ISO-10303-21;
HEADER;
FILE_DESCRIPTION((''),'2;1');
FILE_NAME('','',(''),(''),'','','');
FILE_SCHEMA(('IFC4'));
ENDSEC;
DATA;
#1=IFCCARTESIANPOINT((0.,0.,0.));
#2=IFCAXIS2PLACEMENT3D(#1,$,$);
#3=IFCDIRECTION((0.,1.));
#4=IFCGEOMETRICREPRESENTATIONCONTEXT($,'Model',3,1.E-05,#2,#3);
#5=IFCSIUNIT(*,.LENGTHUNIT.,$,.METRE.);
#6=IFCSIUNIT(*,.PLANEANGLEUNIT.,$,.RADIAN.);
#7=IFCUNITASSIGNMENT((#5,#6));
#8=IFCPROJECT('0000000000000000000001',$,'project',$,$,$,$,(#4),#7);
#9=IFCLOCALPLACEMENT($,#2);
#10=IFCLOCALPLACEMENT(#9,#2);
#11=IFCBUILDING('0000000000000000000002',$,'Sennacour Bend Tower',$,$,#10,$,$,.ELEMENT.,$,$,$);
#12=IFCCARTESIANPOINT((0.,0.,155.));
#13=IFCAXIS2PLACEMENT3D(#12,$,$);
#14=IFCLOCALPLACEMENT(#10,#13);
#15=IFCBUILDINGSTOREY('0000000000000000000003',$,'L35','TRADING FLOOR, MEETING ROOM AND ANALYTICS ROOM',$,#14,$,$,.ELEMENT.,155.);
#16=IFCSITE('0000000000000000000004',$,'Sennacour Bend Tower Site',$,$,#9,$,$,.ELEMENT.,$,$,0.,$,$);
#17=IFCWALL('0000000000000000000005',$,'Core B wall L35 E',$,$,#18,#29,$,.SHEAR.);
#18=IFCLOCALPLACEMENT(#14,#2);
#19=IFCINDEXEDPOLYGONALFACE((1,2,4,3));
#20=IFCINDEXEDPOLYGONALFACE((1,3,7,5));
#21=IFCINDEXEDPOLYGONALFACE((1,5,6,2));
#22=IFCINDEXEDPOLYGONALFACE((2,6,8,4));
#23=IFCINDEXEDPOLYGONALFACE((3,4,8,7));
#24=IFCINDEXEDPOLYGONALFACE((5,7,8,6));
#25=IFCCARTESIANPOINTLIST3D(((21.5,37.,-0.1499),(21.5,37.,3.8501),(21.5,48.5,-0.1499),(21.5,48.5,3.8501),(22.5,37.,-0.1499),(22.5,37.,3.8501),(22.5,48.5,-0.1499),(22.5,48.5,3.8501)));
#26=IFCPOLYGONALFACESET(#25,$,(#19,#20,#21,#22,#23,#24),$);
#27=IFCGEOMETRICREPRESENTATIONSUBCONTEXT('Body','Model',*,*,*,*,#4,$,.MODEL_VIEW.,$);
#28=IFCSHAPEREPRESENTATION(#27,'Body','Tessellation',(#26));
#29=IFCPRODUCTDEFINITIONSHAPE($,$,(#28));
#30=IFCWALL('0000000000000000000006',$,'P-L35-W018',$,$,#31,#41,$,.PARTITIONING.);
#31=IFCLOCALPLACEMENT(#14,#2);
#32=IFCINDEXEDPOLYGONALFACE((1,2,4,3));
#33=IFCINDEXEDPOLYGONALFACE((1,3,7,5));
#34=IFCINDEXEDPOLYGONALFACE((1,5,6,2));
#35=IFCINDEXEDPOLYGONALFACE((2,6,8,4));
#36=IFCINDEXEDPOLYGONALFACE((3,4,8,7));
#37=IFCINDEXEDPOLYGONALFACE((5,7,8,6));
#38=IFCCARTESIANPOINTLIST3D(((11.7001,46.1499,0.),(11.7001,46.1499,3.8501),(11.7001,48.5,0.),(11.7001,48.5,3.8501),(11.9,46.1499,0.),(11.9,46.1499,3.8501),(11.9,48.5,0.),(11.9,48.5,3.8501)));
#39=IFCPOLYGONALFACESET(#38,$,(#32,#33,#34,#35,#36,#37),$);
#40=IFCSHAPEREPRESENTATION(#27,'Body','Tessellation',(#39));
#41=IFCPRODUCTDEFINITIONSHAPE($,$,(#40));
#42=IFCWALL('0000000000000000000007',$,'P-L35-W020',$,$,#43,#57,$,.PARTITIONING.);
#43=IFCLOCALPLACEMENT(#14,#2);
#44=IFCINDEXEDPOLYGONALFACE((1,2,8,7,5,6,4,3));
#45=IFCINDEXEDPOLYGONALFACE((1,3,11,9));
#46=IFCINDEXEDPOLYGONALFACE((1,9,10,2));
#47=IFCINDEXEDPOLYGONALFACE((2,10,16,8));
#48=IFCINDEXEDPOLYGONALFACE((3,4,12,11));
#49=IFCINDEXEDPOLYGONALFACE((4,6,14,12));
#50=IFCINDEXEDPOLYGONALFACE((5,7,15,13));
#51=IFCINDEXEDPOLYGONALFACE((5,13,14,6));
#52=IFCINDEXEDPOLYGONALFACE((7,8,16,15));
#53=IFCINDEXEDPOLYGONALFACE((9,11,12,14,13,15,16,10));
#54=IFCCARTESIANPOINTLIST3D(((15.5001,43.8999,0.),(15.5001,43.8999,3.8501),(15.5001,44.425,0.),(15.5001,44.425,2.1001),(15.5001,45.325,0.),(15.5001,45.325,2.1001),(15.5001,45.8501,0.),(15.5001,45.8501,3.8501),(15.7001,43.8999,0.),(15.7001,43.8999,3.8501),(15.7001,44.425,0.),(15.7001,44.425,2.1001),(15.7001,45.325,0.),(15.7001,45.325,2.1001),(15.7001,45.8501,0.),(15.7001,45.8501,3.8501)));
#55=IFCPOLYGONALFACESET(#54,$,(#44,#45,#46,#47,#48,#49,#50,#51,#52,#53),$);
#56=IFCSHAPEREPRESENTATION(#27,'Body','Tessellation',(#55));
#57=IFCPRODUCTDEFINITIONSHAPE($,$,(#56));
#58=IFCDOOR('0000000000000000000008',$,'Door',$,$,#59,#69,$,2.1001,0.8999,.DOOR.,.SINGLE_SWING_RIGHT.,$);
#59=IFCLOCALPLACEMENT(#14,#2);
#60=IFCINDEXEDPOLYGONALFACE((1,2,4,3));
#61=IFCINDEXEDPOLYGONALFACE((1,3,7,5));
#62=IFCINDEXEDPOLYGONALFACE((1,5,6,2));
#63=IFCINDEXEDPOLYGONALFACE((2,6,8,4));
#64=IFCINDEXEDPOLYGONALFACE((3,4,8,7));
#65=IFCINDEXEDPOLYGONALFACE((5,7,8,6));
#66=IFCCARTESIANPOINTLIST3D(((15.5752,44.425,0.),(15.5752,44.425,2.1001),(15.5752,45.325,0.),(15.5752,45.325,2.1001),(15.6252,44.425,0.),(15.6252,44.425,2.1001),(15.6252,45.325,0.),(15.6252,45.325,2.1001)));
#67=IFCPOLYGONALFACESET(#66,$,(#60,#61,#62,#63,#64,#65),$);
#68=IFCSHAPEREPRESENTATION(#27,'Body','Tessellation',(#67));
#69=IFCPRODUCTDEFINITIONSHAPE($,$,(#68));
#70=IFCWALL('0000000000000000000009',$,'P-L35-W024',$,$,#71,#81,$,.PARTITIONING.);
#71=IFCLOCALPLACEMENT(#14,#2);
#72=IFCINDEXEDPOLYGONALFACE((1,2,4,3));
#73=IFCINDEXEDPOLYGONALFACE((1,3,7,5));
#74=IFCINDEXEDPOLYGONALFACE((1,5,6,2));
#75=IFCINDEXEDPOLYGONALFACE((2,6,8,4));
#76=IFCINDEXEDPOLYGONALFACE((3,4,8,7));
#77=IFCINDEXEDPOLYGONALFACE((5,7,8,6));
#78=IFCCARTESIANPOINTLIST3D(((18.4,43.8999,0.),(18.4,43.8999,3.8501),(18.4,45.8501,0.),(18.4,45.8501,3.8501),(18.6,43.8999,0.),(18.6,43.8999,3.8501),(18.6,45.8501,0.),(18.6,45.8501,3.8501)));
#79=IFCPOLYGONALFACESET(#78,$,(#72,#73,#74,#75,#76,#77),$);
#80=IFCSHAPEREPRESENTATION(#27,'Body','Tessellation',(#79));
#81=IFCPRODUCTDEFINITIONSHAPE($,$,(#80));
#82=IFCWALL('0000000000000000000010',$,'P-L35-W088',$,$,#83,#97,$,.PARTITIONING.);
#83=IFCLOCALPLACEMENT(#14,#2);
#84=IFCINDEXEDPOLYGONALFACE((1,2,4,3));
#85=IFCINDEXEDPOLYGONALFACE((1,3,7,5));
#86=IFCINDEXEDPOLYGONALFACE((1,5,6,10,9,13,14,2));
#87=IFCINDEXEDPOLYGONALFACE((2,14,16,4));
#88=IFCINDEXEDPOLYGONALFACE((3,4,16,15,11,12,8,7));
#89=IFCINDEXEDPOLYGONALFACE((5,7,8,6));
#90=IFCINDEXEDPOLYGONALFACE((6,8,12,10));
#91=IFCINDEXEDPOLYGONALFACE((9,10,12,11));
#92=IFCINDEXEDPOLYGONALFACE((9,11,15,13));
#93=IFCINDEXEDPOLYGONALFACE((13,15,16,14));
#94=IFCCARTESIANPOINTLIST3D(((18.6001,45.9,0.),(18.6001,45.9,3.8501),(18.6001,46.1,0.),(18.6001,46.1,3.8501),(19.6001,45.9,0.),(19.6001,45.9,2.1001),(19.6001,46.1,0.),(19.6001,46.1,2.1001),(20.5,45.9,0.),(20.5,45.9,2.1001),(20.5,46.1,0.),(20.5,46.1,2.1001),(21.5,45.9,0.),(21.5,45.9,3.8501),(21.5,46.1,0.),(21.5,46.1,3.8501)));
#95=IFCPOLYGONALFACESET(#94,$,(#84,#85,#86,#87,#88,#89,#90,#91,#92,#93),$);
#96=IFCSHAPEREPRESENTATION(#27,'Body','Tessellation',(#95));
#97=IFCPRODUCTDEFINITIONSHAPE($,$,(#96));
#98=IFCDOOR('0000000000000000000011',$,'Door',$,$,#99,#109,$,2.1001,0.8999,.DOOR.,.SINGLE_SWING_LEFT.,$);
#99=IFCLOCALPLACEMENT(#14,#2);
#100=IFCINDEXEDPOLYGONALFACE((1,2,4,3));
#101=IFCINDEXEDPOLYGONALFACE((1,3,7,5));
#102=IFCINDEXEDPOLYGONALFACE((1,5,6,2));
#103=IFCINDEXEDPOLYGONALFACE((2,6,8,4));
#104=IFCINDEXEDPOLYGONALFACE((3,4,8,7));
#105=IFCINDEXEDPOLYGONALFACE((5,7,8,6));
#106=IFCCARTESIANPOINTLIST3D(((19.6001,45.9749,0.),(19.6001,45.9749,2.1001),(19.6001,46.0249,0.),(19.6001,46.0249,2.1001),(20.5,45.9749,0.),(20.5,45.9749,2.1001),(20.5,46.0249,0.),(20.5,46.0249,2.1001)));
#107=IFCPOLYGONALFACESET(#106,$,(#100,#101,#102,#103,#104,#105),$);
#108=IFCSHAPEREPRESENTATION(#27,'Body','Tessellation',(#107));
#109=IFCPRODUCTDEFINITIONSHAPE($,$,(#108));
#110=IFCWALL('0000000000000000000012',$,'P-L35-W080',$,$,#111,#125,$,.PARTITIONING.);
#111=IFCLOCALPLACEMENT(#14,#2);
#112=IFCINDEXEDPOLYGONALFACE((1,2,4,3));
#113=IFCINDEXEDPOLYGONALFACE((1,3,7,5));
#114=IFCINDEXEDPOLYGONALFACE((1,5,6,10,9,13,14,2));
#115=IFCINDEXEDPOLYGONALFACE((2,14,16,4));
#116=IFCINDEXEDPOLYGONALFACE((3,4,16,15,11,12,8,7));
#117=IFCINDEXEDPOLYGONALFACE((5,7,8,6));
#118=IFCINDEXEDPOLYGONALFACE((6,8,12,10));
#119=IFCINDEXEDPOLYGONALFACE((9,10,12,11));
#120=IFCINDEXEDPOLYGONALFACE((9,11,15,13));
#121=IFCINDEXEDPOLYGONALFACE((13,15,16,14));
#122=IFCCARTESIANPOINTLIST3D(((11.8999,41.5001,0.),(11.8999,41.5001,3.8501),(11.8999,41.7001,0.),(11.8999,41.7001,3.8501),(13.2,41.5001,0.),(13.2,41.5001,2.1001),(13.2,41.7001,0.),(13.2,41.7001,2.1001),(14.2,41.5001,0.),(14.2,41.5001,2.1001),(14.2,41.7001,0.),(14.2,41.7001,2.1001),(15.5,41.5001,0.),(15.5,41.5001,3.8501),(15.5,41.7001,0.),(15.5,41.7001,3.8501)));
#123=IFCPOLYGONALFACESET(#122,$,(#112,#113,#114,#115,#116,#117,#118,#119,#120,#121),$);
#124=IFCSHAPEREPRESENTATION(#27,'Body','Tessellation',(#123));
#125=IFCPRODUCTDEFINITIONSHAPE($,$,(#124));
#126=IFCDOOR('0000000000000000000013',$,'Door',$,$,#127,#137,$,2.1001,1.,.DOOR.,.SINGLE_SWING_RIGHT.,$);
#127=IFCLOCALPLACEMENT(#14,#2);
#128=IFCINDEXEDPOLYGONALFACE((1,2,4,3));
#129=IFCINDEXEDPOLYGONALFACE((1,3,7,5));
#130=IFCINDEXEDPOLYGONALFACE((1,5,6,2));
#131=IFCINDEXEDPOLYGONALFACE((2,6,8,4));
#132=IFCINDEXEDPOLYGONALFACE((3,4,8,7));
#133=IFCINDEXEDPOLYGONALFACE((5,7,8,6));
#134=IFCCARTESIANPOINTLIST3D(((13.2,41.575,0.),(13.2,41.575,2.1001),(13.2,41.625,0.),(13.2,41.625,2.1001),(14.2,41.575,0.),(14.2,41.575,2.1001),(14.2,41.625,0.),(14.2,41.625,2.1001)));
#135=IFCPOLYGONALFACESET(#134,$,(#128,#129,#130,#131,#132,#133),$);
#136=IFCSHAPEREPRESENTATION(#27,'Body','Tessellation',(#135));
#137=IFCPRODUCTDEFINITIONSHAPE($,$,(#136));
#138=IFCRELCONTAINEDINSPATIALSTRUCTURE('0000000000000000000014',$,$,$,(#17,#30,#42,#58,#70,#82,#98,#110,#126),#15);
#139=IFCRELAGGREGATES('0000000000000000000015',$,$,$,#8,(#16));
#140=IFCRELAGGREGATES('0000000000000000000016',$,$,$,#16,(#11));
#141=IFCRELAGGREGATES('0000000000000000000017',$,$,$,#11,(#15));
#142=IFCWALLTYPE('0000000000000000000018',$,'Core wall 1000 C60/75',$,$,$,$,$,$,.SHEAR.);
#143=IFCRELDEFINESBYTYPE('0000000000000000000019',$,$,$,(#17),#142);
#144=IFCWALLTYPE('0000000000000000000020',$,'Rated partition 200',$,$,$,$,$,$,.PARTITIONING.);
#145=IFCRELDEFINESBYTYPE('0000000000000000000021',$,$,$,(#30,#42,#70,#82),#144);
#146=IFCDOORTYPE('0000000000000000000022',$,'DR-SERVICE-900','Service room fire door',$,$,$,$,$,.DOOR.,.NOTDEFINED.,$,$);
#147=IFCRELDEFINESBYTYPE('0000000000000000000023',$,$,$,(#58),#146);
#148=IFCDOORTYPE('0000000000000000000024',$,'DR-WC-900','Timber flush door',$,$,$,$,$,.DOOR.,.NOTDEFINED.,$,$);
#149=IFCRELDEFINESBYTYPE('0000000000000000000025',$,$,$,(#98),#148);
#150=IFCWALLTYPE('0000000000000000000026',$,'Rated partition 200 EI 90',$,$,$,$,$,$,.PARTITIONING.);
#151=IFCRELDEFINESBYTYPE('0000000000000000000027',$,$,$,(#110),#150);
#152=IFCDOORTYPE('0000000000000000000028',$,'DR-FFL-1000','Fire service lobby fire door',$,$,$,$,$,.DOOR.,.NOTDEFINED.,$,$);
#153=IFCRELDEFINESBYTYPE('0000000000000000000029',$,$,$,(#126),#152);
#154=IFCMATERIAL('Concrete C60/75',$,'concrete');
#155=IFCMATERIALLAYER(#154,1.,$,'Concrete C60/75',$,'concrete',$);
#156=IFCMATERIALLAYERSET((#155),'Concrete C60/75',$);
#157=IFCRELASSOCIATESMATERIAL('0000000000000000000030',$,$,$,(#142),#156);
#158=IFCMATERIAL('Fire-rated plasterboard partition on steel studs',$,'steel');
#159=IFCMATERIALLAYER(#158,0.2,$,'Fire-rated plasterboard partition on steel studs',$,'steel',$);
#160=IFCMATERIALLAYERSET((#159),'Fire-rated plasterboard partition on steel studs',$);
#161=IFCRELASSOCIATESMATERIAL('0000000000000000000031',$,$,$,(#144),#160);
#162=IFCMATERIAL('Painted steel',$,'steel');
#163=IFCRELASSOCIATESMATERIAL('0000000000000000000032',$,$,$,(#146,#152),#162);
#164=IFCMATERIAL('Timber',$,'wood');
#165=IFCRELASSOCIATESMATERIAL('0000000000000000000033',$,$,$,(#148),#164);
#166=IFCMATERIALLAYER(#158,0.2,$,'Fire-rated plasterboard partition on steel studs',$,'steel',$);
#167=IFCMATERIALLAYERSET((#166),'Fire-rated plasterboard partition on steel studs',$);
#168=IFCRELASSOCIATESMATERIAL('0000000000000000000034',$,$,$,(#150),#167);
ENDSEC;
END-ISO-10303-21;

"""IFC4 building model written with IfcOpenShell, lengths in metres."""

from ifc_helpers import new_model, si_unit, direction, frame, frame_2d, origin, place, context, subcontext, project, spatial, rectangle, extrude, material, layer, layer_set, type_object, element, fill, save


model = new_model("IFC4")

# Units and contexts
model_context = context("Model", 3, precision=1e-05, world=origin(), true_north=direction((0.0, 1.0)))
body_context = subcontext(model_context, "Body", "Model", "MODEL_VIEW")
ifc_project = project(units=[si_unit("LENGTHUNIT", "METRE"), si_unit("PLANEANGLEUNIT", "RADIAN")], contexts=[model_context])

# Site, building, storey
site_placement = place(None, origin())
site = spatial("IfcSite", under=ifc_project, at=site_placement, Name="Sennacour Bend Tower Site", CompositionType="ELEMENT", RefElevation=0.0)
building_placement = place(site_placement, origin())
building = spatial("IfcBuilding", under=site, at=building_placement, Name="Sennacour Bend Tower", CompositionType="ELEMENT")
storey_placement = place(building_placement, frame((0.0, 0.0, 155.0)))
storey = spatial("IfcBuildingStorey", under=building, at=storey_placement, Name="L35", Description="TRADING FLOOR, MEETING ROOM AND ANALYTICS ROOM", CompositionType="ELEMENT", Elevation=155.0)

# Walls
ifc_material_1 = material(Name="Concrete C60/75", Category="concrete")
ifc_layer_1 = layer(ifc_material_1, 1.0, Name="Concrete C60/75", Category="concrete")
ifc_layer_set_1 = layer_set([ifc_layer_1], Name="Concrete C60/75")
wall_type_1 = type_object("IfcWallType", Name="Core wall 1000 C60/75", PredefinedType="SHEAR", material=ifc_layer_set_1)
wall_1_placement = place(storey_placement, frame((22.0, 37.0, -0.1499), z_axis=(0.0, 0.0, 1.0), x_axis=(0.0, 1.0, 0.0)))
element("IfcWall", 1, at=wall_1_placement, inside=storey, type_object=wall_type_1, Name="Core B wall L35 E", PredefinedType="SHEAR", context=body_context, shape_type="SweptSolid", body=[
    extrude(rectangle(XDim=11.5, YDim=1.0, at=frame_2d((5.75, 0.0))), origin(), (0.0, 0.0, 1.0), 4.0),
])
ifc_material_2 = material(Name="Fire-rated plasterboard partition on steel studs", Category="steel")
ifc_layer_2 = layer(ifc_material_2, 0.2, Name="Fire-rated plasterboard partition on steel studs", Category="steel")
ifc_layer_set_2 = layer_set([ifc_layer_2], Name="Fire-rated plasterboard partition on steel studs")
wall_type_2 = type_object("IfcWallType", Name="Rated partition 200", PredefinedType="PARTITIONING", material=ifc_layer_set_2)
wall_2_placement = place(storey_placement, frame((11.8, 46.1499, 0.0), z_axis=(0.0, 0.0, 1.0), x_axis=(0.0, 1.0, 0.0)))
element("IfcWall", 2, at=wall_2_placement, inside=storey, type_object=wall_type_2, Name="P-L35-W018", PredefinedType="PARTITIONING", context=body_context, shape_type="SweptSolid", body=[
    extrude(rectangle(XDim=2.3501, YDim=0.2, at=frame_2d((1.175, 0.0))), origin(), (0.0, 0.0, 1.0), 3.8501),
])

# Wall, opening, door
wall_3_placement = place(storey_placement, frame((15.6001, 43.8999, 0.0), z_axis=(0.0, 0.0, 1.0), x_axis=(0.0, 1.0, 0.0)))
wall_3 = element("IfcWall", 3, at=wall_3_placement, inside=storey, type_object=wall_type_2, Name="P-L35-W020", PredefinedType="PARTITIONING", context=body_context, shape_type="SweptSolid", body=[
    extrude(rectangle(XDim=1.9502, YDim=0.2, at=frame_2d((0.9751, 0.0))), origin(), (0.0, 0.0, 1.0), 3.8501),
])
opening_1_placement = place(wall_3_placement, frame((0.5251, 0.0, 0.0)))
opening_1 = element("IfcOpeningElement", 4, at=opening_1_placement, cuts=wall_3, PredefinedType="OPENING", context=body_context, shape_type="SweptSolid", body=[
    extrude(rectangle(XDim=0.8999, YDim=2.1001, at=frame_2d((0.45, 1.05))), frame((0.0, 0.1099, 0.0), z_axis=(0.0, -1.0, 0.0), x_axis=(1.0, 0.0, 0.0)), (0.0, 0.0, 1.0), 0.22),
])
ifc_material_3 = material(Name="Painted steel", Category="steel")
door_type_1 = type_object("IfcDoorType", Name="DR-SERVICE-900", Description="Service room fire door", OperationType="NOTDEFINED", PredefinedType="DOOR", material=ifc_material_3)
door_1_placement = place(opening_1_placement, origin())
door_1 = element("IfcDoor", 5, at=door_1_placement, inside=storey, type_object=door_type_1, Name="Door", OperationType="SINGLE_SWING_RIGHT", OverallHeight=2.1001, OverallWidth=0.8999, PredefinedType="DOOR", context=body_context, shape_type="SweptSolid", body=[
    extrude(rectangle(XDim=0.8999, YDim=2.1001, at=frame_2d((0.45, 1.05))), frame((0.0, 0.0249, 0.0), z_axis=(0.0, -1.0, 0.0), x_axis=(1.0, 0.0, 0.0)), (0.0, 0.0, 1.0), 0.05),
])
fill(opening_1, door_1)

# Wall
wall_4_placement = place(storey_placement, frame((18.5, 43.8999, 0.0), z_axis=(0.0, 0.0, 1.0), x_axis=(0.0, 1.0, 0.0)))
element("IfcWall", 6, at=wall_4_placement, inside=storey, type_object=wall_type_2, Name="P-L35-W024", PredefinedType="PARTITIONING", context=body_context, shape_type="SweptSolid", body=[
    extrude(rectangle(XDim=1.9502, YDim=0.2, at=frame_2d((0.9751, 0.0))), origin(), (0.0, 0.0, 1.0), 3.8501),
])

# Walls, openings, doors
wall_5_placement = place(storey_placement, frame((18.6001, 46.0, 0.0), z_axis=(0.0, 0.0, 1.0), x_axis=(1.0, 0.0, 0.0)))
wall_5 = element("IfcWall", 7, at=wall_5_placement, inside=storey, type_object=wall_type_2, Name="P-L35-W088", PredefinedType="PARTITIONING", context=body_context, shape_type="SweptSolid", body=[
    extrude(rectangle(XDim=2.8999, YDim=0.2, at=frame_2d((1.45, 0.0))), origin(), (0.0, 0.0, 1.0), 3.8501),
])
opening_2_placement = place(wall_5_placement, frame((1.0, 0.0, 0.0)))
opening_2 = element("IfcOpeningElement", 8, at=opening_2_placement, cuts=wall_5, PredefinedType="OPENING", context=body_context, shape_type="SweptSolid", body=[
    extrude(rectangle(XDim=0.8999, YDim=2.1001, at=frame_2d((0.45, 1.05))), frame((0.0, 0.1099, 0.0), z_axis=(0.0, -1.0, 0.0), x_axis=(1.0, 0.0, 0.0)), (0.0, 0.0, 1.0), 0.22),
])
ifc_material_4 = material(Name="Timber", Category="wood")
door_type_2 = type_object("IfcDoorType", Name="DR-WC-900", Description="Timber flush door", OperationType="NOTDEFINED", PredefinedType="DOOR", material=ifc_material_4)
door_2_placement = place(opening_2_placement, origin())
door_2 = element("IfcDoor", 9, at=door_2_placement, inside=storey, type_object=door_type_2, Name="Door", OperationType="SINGLE_SWING_LEFT", OverallHeight=2.1001, OverallWidth=0.8999, PredefinedType="DOOR", context=body_context, shape_type="SweptSolid", body=[
    extrude(rectangle(XDim=0.8999, YDim=2.1001, at=frame_2d((0.45, 1.05))), frame((0.0, 0.0249, 0.0), z_axis=(0.0, -1.0, 0.0), x_axis=(1.0, 0.0, 0.0)), (0.0, 0.0, 1.0), 0.05),
])
fill(opening_2, door_2)
ifc_layer_3 = layer(ifc_material_2, 0.2, Name="Fire-rated plasterboard partition on steel studs", Category="steel")
ifc_layer_set_3 = layer_set([ifc_layer_3], Name="Fire-rated plasterboard partition on steel studs")
wall_type_3 = type_object("IfcWallType", Name="Rated partition 200 EI 90", PredefinedType="PARTITIONING", material=ifc_layer_set_3)
wall_6_placement = place(storey_placement, frame((11.8999, 41.6001, 0.0), z_axis=(0.0, 0.0, 1.0), x_axis=(1.0, 0.0, 0.0)))
wall_6 = element("IfcWall", 10, at=wall_6_placement, inside=storey, type_object=wall_type_3, Name="P-L35-W080", PredefinedType="PARTITIONING", context=body_context, shape_type="SweptSolid", body=[
    extrude(rectangle(XDim=3.6001, YDim=0.2, at=frame_2d((1.8, 0.0))), origin(), (0.0, 0.0, 1.0), 3.8501),
])
opening_3_placement = place(wall_6_placement, frame((1.3, 0.0, 0.0)))
opening_3 = element("IfcOpeningElement", 11, at=opening_3_placement, cuts=wall_6, PredefinedType="OPENING", context=body_context, shape_type="SweptSolid", body=[
    extrude(rectangle(XDim=1.0, YDim=2.1001, at=frame_2d((0.5, 1.05))), frame((0.0, 0.1099, 0.0), z_axis=(0.0, -1.0, 0.0), x_axis=(1.0, 0.0, 0.0)), (0.0, 0.0, 1.0), 0.22),
])
door_type_3 = type_object("IfcDoorType", Name="DR-FFL-1000", Description="Fire service lobby fire door", OperationType="NOTDEFINED", PredefinedType="DOOR", material=ifc_material_3)
door_3_placement = place(opening_3_placement, origin())
door_3 = element("IfcDoor", 12, at=door_3_placement, inside=storey, type_object=door_type_3, Name="Door", OperationType="SINGLE_SWING_RIGHT", OverallHeight=2.1001, OverallWidth=1.0, PredefinedType="DOOR", context=body_context, shape_type="SweptSolid", body=[
    extrude(rectangle(XDim=1.0, YDim=2.1001, at=frame_2d((0.5, 1.05))), frame((0.0, 0.0249, 0.0), z_axis=(0.0, -1.0, 0.0), x_axis=(1.0, 0.0, 0.0)), (0.0, 0.0, 1.0), 0.05),
])
fill(opening_3, door_3)

save(model, "model.ifc")
